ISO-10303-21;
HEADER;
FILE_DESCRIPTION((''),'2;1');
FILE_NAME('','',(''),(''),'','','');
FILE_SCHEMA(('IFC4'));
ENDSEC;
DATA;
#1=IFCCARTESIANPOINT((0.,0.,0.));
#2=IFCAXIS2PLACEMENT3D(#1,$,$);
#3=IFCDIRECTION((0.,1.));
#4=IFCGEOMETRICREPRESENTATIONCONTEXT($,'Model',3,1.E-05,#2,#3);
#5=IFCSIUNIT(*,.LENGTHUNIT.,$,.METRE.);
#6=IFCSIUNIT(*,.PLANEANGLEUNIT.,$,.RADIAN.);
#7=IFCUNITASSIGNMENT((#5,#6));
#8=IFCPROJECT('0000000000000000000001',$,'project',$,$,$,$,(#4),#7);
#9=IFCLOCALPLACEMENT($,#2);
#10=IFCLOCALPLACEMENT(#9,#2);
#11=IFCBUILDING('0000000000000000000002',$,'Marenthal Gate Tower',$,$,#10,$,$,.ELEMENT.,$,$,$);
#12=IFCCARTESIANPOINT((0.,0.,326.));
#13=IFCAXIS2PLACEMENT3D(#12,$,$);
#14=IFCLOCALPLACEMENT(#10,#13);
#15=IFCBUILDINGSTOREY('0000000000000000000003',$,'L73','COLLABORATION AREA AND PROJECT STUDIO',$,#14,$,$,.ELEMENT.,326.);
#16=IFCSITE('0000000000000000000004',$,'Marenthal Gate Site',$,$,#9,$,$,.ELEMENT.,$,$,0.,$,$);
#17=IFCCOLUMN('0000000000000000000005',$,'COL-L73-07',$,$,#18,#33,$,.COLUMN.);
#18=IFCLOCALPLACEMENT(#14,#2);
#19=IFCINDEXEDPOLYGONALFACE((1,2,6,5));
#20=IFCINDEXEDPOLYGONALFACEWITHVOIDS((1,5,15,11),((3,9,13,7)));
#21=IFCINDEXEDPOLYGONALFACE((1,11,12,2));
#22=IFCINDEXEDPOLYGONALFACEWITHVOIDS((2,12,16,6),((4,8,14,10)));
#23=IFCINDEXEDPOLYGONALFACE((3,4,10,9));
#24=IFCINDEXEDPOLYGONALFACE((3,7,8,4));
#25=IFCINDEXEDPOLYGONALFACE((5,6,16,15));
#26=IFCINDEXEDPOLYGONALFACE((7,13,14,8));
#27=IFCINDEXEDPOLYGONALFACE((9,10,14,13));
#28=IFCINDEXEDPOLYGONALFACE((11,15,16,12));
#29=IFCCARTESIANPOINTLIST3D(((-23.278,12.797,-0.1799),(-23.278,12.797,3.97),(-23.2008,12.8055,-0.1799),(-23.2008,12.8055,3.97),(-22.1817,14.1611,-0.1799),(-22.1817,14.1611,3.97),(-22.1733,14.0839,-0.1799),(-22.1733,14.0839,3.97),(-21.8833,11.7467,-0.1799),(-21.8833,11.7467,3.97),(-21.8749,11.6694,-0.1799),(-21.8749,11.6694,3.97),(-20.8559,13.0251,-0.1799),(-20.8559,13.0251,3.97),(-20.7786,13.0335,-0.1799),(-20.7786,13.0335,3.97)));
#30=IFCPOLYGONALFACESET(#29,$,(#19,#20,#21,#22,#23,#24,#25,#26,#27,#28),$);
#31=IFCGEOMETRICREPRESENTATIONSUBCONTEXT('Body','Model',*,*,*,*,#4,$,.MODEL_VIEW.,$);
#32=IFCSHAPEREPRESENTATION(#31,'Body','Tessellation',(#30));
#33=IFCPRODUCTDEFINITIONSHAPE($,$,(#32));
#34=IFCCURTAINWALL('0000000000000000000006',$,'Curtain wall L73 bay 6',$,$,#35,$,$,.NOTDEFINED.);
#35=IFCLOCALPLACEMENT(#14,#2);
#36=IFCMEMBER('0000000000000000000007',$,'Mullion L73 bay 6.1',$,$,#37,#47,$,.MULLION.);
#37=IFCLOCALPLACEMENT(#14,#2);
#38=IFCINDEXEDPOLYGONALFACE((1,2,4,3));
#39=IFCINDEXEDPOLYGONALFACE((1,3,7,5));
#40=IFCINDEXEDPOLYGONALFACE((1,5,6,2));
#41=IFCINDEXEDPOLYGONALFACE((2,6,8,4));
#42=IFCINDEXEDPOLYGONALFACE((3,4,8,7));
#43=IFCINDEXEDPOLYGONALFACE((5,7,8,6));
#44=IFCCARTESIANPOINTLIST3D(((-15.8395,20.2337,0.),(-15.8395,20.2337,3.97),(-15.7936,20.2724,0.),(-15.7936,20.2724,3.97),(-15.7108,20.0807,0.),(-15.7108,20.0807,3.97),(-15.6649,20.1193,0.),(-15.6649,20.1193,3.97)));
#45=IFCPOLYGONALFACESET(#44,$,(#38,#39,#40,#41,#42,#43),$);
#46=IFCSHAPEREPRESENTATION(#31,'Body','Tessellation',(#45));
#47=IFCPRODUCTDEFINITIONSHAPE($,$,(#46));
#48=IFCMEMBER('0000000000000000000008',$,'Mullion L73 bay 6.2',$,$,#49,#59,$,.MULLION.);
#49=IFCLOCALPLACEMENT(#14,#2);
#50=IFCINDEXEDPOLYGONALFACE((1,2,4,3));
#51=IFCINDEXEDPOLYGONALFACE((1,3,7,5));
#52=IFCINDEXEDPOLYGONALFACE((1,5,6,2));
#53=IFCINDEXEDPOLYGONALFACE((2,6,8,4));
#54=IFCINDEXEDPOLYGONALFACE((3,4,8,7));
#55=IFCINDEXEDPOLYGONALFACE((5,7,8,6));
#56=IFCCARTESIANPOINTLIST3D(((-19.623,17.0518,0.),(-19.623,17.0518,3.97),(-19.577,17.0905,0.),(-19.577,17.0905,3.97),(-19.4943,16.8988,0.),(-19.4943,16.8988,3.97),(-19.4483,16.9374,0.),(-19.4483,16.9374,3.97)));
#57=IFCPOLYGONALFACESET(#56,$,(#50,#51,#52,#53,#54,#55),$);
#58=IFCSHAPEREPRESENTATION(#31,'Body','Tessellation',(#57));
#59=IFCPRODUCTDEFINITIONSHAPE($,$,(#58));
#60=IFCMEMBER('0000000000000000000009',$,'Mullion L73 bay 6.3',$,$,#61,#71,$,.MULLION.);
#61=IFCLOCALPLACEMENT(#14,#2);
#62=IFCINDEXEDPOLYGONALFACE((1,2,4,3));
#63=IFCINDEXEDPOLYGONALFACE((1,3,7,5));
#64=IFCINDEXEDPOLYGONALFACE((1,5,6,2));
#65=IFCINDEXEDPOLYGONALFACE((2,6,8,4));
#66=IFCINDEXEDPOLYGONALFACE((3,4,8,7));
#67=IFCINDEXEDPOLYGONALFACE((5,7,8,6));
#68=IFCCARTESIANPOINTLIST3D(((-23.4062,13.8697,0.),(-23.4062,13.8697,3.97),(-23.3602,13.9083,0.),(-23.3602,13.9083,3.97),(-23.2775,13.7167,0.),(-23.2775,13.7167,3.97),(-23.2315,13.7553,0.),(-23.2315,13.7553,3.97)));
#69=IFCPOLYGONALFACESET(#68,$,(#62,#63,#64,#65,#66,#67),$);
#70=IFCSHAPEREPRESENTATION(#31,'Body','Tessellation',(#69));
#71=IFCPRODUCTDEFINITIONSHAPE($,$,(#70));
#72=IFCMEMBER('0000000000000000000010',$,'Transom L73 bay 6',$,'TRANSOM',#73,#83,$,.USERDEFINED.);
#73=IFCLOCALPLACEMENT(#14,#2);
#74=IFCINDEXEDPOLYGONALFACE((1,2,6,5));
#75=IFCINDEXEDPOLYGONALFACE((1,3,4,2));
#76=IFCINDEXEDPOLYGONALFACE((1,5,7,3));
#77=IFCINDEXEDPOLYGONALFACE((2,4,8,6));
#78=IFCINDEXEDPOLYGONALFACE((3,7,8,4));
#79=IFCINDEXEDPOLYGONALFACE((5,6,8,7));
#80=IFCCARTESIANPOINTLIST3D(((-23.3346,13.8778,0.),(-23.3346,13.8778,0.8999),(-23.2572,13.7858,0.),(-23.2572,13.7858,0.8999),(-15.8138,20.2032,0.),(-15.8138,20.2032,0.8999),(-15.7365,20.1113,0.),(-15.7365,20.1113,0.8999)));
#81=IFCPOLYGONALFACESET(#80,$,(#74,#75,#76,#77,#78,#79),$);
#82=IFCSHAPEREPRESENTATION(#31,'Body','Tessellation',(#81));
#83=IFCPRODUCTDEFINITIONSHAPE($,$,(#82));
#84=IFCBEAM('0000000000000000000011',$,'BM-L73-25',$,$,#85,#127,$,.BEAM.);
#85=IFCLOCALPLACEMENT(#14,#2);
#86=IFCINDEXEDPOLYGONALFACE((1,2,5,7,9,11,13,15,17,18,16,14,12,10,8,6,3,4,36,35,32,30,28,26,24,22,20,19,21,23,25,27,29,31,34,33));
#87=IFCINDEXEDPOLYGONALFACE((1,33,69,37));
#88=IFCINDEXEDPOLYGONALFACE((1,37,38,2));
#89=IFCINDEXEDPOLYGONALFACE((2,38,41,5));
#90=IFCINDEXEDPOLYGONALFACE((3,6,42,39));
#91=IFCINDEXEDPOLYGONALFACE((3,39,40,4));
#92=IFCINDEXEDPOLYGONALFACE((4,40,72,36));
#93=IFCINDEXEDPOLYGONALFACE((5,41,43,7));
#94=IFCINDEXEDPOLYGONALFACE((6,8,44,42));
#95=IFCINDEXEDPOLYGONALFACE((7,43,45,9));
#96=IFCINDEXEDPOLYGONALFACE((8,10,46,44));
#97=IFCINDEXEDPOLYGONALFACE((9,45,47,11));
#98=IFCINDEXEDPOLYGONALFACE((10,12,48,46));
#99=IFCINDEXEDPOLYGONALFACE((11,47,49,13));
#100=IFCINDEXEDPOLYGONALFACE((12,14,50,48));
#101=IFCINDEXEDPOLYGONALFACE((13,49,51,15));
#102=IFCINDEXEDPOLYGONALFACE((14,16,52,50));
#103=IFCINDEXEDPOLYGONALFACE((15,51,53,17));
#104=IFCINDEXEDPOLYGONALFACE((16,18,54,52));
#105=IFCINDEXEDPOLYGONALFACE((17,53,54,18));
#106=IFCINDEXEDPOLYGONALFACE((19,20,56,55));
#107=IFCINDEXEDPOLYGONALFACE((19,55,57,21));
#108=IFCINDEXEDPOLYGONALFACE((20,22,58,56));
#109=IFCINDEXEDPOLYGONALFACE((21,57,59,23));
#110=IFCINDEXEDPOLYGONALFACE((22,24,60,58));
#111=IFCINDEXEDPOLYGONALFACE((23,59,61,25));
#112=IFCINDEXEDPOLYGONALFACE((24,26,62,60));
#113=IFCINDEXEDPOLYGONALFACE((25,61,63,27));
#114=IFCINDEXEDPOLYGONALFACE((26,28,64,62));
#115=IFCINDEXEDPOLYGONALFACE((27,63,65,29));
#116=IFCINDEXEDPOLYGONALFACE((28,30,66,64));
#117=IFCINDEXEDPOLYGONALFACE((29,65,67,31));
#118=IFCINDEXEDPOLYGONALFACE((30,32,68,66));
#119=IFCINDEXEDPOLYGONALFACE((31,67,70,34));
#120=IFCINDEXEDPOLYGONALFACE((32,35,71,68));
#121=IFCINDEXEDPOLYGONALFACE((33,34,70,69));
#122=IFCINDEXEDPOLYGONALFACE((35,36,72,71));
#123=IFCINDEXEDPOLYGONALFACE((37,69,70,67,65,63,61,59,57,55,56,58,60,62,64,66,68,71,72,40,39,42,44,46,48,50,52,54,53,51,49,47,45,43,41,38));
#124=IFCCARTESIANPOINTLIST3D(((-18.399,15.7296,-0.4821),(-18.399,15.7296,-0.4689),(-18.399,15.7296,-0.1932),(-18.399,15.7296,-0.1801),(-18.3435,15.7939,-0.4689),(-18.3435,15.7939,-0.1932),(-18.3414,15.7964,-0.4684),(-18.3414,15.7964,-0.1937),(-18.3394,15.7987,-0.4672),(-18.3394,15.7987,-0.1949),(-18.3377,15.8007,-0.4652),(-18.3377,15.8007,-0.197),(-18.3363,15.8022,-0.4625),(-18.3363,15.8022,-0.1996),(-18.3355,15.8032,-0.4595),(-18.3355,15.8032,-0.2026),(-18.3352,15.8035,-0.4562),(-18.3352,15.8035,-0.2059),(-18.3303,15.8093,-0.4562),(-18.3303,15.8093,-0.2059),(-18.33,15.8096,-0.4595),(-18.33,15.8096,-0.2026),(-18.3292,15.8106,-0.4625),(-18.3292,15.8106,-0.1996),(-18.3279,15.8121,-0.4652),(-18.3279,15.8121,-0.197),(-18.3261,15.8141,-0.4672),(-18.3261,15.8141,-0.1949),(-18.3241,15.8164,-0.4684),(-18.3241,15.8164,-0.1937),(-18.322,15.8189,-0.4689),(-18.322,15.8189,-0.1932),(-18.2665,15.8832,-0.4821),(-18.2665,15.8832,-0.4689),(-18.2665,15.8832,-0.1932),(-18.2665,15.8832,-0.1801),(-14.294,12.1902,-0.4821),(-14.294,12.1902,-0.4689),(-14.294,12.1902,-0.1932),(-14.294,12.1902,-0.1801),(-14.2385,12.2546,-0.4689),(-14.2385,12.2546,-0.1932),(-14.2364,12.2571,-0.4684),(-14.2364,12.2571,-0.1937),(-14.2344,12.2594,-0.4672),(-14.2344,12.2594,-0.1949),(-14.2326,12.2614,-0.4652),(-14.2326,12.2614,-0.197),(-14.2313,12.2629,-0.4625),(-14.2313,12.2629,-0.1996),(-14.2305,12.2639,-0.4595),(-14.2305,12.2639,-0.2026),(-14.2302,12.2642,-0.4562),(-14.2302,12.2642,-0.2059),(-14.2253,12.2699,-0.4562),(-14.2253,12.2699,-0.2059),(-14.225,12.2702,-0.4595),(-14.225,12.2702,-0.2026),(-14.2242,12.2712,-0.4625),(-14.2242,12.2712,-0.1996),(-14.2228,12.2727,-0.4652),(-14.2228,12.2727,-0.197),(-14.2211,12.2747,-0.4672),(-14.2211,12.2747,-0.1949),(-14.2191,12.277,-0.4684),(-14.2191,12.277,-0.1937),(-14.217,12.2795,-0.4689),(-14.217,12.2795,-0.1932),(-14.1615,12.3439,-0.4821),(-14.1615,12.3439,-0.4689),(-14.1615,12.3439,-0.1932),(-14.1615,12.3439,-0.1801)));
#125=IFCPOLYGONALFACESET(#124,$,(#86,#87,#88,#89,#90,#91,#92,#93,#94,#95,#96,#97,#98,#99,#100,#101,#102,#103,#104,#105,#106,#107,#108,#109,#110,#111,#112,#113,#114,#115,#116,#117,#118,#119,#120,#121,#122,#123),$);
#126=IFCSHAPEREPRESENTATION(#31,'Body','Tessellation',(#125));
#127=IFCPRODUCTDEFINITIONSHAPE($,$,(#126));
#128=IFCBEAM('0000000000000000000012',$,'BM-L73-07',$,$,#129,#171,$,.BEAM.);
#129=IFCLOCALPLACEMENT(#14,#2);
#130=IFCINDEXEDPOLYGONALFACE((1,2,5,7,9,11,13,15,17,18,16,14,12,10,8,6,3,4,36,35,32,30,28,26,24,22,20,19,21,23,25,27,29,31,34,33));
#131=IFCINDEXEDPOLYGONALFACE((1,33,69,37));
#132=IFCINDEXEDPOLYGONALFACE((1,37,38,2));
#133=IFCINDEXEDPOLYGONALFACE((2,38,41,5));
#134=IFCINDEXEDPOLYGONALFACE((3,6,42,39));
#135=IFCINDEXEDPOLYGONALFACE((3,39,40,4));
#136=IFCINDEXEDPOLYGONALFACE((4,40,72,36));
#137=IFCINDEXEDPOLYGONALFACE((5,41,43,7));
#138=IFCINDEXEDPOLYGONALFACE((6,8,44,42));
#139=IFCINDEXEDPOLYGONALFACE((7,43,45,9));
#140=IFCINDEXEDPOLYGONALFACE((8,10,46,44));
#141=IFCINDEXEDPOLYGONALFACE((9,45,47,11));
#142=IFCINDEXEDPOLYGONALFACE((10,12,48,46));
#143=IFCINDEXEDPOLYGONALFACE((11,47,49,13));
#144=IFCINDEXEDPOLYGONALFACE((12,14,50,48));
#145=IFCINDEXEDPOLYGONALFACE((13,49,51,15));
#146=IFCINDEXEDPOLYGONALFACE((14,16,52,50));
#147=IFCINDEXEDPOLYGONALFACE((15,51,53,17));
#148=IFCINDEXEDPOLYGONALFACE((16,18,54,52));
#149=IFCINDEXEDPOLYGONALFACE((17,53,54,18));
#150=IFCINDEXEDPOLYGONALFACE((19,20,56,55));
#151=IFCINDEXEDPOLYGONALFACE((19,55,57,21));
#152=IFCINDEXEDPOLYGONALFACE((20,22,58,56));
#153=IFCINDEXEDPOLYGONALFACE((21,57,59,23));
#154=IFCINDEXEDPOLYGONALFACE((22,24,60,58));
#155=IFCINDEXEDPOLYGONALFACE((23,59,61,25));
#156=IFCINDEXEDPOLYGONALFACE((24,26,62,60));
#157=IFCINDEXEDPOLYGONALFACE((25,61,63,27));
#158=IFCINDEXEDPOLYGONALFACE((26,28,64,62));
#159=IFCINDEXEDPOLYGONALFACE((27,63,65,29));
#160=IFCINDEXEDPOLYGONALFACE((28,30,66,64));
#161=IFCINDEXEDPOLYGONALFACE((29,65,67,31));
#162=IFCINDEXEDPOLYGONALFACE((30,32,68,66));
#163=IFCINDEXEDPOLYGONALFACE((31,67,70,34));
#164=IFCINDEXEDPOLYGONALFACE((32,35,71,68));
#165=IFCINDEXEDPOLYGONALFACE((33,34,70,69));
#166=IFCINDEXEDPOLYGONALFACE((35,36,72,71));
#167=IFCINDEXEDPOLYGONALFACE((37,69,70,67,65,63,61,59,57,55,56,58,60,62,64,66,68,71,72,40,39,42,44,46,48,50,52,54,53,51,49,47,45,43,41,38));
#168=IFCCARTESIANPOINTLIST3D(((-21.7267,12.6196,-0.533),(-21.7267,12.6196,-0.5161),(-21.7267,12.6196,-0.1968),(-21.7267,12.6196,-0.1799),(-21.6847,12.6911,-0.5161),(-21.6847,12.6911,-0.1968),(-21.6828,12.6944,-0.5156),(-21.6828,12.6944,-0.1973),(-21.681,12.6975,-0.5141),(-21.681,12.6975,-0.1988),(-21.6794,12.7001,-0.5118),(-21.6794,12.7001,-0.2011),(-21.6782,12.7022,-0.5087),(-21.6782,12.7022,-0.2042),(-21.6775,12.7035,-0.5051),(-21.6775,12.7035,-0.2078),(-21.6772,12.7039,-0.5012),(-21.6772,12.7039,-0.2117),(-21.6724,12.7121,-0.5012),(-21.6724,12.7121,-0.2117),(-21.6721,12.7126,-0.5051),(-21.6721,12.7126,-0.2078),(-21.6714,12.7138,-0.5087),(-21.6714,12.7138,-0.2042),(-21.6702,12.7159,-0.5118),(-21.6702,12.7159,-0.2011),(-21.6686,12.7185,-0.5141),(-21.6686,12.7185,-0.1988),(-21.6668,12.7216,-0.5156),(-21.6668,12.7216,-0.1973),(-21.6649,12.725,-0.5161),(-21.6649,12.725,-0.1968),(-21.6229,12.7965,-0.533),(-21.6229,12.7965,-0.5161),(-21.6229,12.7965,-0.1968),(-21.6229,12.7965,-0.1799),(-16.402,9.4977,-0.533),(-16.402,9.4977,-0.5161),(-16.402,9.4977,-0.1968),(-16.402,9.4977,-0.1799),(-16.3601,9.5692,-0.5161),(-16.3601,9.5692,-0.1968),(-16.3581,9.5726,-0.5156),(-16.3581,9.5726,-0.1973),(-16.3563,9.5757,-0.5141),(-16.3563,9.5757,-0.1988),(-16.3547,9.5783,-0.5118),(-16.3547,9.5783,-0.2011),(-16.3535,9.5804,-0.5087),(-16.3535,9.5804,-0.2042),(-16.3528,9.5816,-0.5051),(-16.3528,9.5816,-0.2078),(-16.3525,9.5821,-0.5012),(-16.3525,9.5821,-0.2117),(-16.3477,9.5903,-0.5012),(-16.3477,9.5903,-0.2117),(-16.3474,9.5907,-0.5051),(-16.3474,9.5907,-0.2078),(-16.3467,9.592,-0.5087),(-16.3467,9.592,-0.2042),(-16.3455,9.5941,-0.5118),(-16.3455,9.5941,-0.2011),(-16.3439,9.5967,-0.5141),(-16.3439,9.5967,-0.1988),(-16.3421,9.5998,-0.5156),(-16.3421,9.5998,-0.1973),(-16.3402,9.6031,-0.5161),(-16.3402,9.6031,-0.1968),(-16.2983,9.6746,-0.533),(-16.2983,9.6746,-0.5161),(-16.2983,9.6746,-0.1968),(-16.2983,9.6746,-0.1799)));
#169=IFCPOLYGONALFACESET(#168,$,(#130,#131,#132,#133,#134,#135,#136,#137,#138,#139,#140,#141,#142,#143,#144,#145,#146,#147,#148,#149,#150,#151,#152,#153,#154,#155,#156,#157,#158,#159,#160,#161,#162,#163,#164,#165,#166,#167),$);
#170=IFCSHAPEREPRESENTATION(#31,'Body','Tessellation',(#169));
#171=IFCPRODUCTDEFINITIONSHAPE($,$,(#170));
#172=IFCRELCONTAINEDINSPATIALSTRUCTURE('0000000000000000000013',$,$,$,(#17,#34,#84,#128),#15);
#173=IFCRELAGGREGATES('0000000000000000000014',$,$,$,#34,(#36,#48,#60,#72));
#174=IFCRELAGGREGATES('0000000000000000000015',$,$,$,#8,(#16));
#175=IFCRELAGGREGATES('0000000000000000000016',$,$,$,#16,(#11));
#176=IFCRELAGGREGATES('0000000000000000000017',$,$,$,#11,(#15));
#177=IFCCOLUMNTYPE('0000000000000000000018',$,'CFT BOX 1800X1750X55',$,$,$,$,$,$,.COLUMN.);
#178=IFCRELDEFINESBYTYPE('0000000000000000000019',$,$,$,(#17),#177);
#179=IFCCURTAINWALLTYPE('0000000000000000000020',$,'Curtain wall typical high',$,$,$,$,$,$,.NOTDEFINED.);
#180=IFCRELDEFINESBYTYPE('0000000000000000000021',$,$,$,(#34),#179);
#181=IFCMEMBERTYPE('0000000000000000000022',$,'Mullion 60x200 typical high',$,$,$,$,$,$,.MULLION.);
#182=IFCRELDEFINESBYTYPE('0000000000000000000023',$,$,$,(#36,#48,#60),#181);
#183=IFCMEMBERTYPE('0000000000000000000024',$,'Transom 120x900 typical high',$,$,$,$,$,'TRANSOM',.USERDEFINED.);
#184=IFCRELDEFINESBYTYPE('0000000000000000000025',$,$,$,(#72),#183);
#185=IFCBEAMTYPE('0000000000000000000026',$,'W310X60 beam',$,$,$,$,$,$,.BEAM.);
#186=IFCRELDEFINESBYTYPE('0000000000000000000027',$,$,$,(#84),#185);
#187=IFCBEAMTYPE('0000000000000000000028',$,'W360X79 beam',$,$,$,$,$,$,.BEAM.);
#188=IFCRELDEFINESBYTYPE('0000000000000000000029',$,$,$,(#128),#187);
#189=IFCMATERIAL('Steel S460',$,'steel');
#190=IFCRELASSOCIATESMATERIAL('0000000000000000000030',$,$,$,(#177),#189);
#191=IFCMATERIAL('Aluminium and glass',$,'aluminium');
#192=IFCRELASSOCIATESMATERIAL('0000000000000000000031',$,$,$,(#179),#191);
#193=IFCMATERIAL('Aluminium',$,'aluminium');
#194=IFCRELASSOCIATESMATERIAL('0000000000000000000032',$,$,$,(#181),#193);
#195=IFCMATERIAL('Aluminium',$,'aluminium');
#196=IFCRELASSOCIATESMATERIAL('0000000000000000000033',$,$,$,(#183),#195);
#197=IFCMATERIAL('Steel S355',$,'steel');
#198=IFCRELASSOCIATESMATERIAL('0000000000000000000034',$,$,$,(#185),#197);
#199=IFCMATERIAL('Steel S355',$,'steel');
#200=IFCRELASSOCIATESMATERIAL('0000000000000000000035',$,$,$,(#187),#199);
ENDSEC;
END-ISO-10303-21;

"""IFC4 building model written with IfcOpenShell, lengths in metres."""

from ifc_helpers import new_model, si_unit, direction, frame, origin, origin_2d, place, context, subcontext, project, spatial, rectangle, hollow_rectangle, i_section, extrude, material, material_profile, profile_set, type_object, element, aggregate, save


model = new_model("IFC4")

# Units and contexts
model_context = context("Model", 3, precision=1e-05, world=origin(), true_north=direction((0.0, 1.0)))
body_context = subcontext(model_context, "Body", "Model", "MODEL_VIEW")
ifc_project = project(units=[si_unit("LENGTHUNIT", "METRE"), si_unit("PLANEANGLEUNIT", "RADIAN")], contexts=[model_context])

# Site, building, storey
site_placement = place(None, origin())
site = spatial("IfcSite", under=ifc_project, at=site_placement, Name="Marenthal Gate Site", CompositionType="ELEMENT", RefElevation=0.0)
building_placement = place(site_placement, origin())
building = spatial("IfcBuilding", under=site, at=building_placement, Name="Marenthal Gate Tower", CompositionType="ELEMENT")
storey_placement = place(building_placement, frame((0.0, 0.0, 326.0)))
storey = spatial("IfcBuildingStorey", under=building, at=storey_placement, Name="L73", Description="COLLABORATION AREA AND PROJECT STUDIO", CompositionType="ELEMENT", Elevation=326.0)

# Column
ifc_material_1 = material(Name="Steel S460", Category="steel")
ifc_material_profile_1 = material_profile(ifc_material_1, hollow_rectangle(XDim=1.75, YDim=1.8, WallThickness=0.0549, at=origin_2d()), Name="CFT BOX 1800X1750X55")
ifc_material_2 = material(Name="Concrete 70 MPa", Category="concrete")
ifc_material_profile_2 = material_profile(ifc_material_2, rectangle(XDim=1.6399, YDim=1.6899, at=origin_2d()), Name="CFT BOX 1800X1750X55 INFILL")
ifc_profile_set_1 = profile_set([ifc_material_profile_1, ifc_material_profile_2], Name="Steel S460 shell, Concrete 70 MPa infill")
column_type = type_object("IfcColumnType", Name="CFT BOX 1800X1750X55", PredefinedType="COLUMN", material=ifc_profile_set_1)
column_placement = place(storey_placement, frame((-22.0283, 12.9153, -0.1799), z_axis=(0.0, 0.0, 1.0), x_axis=(0.626431, 0.779477, 0.0)))
element("IfcColumn", 1, at=column_placement, inside=storey, type_object=column_type, Name="COL-L73-07", PredefinedType="COLUMN", context=body_context, shape_type="SweptSolid", body=[
    extrude(hollow_rectangle(XDim=1.75, YDim=1.8, WallThickness=0.0549, at=origin_2d()), origin(), (0.0, 0.0, 1.0), 4.1499),
])

# Curtain wall, members
ifc_material_3 = material(Name="Aluminium and glass", Category="aluminium")
curtain_wall_type = type_object("IfcCurtainWallType", Name="Curtain wall typical high", PredefinedType="NOTDEFINED", material=ifc_material_3)
curtain_wall_placement = place(storey_placement, origin())
curtain_wall = element("IfcCurtainWall", 2, at=curtain_wall_placement, inside=storey, type_object=curtain_wall_type, Name="Curtain wall L73 bay 6", PredefinedType="NOTDEFINED")
ifc_material_4 = material(Name="Aluminium", Category="aluminium")
ifc_material_profile_3 = material_profile(ifc_material_4, rectangle(XDim=0.2, YDim=0.0601, at=origin_2d()), Name="60x200 aluminium mullion")
ifc_profile_set_2 = profile_set([ifc_material_profile_3], Name="Aluminium")
member_type_1 = type_object("IfcMemberType", Name="Mullion 60x200 typical high", PredefinedType="MULLION", material=ifc_profile_set_2)
member_1_placement = place(storey_placement, frame((-15.7522, 20.1765, 0.0), z_axis=(0.0, 0.0, 1.0), x_axis=(0.643676, -0.765298, 0.0)))
member_1 = element("IfcMember", 3, at=member_1_placement, type_object=member_type_1, Name="Mullion L73 bay 6.1", PredefinedType="MULLION", context=body_context, shape_type="SweptSolid", body=[
    extrude(rectangle(XDim=0.2, YDim=0.0601, at=origin_2d()), origin(), (0.0, 0.0, 1.0), 3.97),
])
member_2_placement = place(storey_placement, frame((-19.5356, 16.9946, 0.0), z_axis=(0.0, 0.0, 1.0), x_axis=(0.643676, -0.765298, 0.0)))
member_2 = element("IfcMember", 4, at=member_2_placement, type_object=member_type_1, Name="Mullion L73 bay 6.2", PredefinedType="MULLION", context=body_context, shape_type="SweptSolid", body=[
    extrude(rectangle(XDim=0.2, YDim=0.0601, at=origin_2d()), origin(), (0.0, 0.0, 1.0), 3.97),
])
member_3_placement = place(storey_placement, frame((-23.3188, 13.8125, 0.0), z_axis=(0.0, 0.0, 1.0), x_axis=(0.643676, -0.765298, 0.0)))
member_3 = element("IfcMember", 5, at=member_3_placement, type_object=member_type_1, Name="Mullion L73 bay 6.3", PredefinedType="MULLION", context=body_context, shape_type="SweptSolid", body=[
    extrude(rectangle(XDim=0.2, YDim=0.0601, at=origin_2d()), origin(), (0.0, 0.0, 1.0), 3.97),
])
ifc_material_5 = material(Name="Aluminium", Category="aluminium")
ifc_material_profile_4 = material_profile(ifc_material_5, rectangle(XDim=0.1201, YDim=0.8999, at=origin_2d()), Name="120x900 aluminium transom")
ifc_profile_set_3 = profile_set([ifc_material_profile_4], Name="Aluminium")
member_type_2 = type_object("IfcMemberType", Name="Transom 120x900 typical high", ElementType="TRANSOM", PredefinedType="USERDEFINED", material=ifc_profile_set_3)
member_4_placement = place(storey_placement, frame((-15.7751, 20.1572, 0.45), z_axis=(-0.765303, -0.64367, 0.0), x_axis=(0.64367, -0.765303, 0.0)))
member_4 = element("IfcMember", 6, at=member_4_placement, type_object=member_type_2, Name="Transom L73 bay 6", ObjectType="TRANSOM", PredefinedType="USERDEFINED", context=body_context, shape_type="SweptSolid", body=[
    extrude(rectangle(XDim=0.1201, YDim=0.8999, at=origin_2d()), origin(), (0.0, 0.0, 1.0), 9.8271),
])

# Beams
ifc_material_6 = material(Name="Steel S355", Category="steel")
ifc_material_profile_5 = material_profile(ifc_material_6, i_section(OverallWidth=0.2029, OverallDepth=0.302, WebThickness=0.0076, FlangeThickness=0.0132, FilletRadius=0.0127, at=origin_2d()), Name="W310X60")
ifc_profile_set_4 = profile_set([ifc_material_profile_5], Name="Steel S355")
beam_type_1 = type_object("IfcBeamType", Name="W310X60 beam", PredefinedType="BEAM", material=ifc_profile_set_4)
beam_1_placement = place(storey_placement, frame((-18.3328, 15.8064, -0.3311), z_axis=(0.757362, -0.652996, 0.0), x_axis=(0.652996, 0.757362, 0.0)))
element("IfcBeam", 7, at=beam_1_placement, inside=storey, type_object=beam_type_1, Name="BM-L73-25", PredefinedType="BEAM", context=body_context, shape_type="SweptSolid", body=[
    extrude(i_section(OverallWidth=0.2029, OverallDepth=0.302, WebThickness=0.0076, FlangeThickness=0.0132, FilletRadius=0.0127, at=origin_2d()), origin(), (0.0, 0.0, 1.0), 5.4202),
])
ifc_material_7 = material(Name="Steel S355", Category="steel")
ifc_material_profile_6 = material_profile(ifc_material_7, i_section(OverallWidth=0.2051, OverallDepth=0.353, WebThickness=0.0095, FlangeThickness=0.0168, FilletRadius=0.0149, at=origin_2d()), Name="W360X79")
ifc_profile_set_5 = profile_set([ifc_material_profile_6], Name="Steel S355")
beam_type_2 = type_object("IfcBeamType", Name="W360X79 beam", PredefinedType="BEAM", material=ifc_profile_set_5)
beam_2_placement = place(storey_placement, frame((-21.6748, 12.708, -0.3564), z_axis=(0.862666, -0.505773, 0.0), x_axis=(0.505773, 0.862666, 0.0)))
element("IfcBeam", 8, at=beam_2_placement, inside=storey, type_object=beam_type_2, Name="BM-L73-07", PredefinedType="BEAM", context=body_context, shape_type="SweptSolid", body=[
    extrude(i_section(OverallWidth=0.2051, OverallDepth=0.353, WebThickness=0.0095, FlangeThickness=0.0168, FilletRadius=0.0149, at=origin_2d()), origin(), (0.0, 0.0, 1.0), 6.1724),
])

aggregate(curtain_wall, [member_1, member_2, member_3, member_4])

save(model, "model.ifc")
